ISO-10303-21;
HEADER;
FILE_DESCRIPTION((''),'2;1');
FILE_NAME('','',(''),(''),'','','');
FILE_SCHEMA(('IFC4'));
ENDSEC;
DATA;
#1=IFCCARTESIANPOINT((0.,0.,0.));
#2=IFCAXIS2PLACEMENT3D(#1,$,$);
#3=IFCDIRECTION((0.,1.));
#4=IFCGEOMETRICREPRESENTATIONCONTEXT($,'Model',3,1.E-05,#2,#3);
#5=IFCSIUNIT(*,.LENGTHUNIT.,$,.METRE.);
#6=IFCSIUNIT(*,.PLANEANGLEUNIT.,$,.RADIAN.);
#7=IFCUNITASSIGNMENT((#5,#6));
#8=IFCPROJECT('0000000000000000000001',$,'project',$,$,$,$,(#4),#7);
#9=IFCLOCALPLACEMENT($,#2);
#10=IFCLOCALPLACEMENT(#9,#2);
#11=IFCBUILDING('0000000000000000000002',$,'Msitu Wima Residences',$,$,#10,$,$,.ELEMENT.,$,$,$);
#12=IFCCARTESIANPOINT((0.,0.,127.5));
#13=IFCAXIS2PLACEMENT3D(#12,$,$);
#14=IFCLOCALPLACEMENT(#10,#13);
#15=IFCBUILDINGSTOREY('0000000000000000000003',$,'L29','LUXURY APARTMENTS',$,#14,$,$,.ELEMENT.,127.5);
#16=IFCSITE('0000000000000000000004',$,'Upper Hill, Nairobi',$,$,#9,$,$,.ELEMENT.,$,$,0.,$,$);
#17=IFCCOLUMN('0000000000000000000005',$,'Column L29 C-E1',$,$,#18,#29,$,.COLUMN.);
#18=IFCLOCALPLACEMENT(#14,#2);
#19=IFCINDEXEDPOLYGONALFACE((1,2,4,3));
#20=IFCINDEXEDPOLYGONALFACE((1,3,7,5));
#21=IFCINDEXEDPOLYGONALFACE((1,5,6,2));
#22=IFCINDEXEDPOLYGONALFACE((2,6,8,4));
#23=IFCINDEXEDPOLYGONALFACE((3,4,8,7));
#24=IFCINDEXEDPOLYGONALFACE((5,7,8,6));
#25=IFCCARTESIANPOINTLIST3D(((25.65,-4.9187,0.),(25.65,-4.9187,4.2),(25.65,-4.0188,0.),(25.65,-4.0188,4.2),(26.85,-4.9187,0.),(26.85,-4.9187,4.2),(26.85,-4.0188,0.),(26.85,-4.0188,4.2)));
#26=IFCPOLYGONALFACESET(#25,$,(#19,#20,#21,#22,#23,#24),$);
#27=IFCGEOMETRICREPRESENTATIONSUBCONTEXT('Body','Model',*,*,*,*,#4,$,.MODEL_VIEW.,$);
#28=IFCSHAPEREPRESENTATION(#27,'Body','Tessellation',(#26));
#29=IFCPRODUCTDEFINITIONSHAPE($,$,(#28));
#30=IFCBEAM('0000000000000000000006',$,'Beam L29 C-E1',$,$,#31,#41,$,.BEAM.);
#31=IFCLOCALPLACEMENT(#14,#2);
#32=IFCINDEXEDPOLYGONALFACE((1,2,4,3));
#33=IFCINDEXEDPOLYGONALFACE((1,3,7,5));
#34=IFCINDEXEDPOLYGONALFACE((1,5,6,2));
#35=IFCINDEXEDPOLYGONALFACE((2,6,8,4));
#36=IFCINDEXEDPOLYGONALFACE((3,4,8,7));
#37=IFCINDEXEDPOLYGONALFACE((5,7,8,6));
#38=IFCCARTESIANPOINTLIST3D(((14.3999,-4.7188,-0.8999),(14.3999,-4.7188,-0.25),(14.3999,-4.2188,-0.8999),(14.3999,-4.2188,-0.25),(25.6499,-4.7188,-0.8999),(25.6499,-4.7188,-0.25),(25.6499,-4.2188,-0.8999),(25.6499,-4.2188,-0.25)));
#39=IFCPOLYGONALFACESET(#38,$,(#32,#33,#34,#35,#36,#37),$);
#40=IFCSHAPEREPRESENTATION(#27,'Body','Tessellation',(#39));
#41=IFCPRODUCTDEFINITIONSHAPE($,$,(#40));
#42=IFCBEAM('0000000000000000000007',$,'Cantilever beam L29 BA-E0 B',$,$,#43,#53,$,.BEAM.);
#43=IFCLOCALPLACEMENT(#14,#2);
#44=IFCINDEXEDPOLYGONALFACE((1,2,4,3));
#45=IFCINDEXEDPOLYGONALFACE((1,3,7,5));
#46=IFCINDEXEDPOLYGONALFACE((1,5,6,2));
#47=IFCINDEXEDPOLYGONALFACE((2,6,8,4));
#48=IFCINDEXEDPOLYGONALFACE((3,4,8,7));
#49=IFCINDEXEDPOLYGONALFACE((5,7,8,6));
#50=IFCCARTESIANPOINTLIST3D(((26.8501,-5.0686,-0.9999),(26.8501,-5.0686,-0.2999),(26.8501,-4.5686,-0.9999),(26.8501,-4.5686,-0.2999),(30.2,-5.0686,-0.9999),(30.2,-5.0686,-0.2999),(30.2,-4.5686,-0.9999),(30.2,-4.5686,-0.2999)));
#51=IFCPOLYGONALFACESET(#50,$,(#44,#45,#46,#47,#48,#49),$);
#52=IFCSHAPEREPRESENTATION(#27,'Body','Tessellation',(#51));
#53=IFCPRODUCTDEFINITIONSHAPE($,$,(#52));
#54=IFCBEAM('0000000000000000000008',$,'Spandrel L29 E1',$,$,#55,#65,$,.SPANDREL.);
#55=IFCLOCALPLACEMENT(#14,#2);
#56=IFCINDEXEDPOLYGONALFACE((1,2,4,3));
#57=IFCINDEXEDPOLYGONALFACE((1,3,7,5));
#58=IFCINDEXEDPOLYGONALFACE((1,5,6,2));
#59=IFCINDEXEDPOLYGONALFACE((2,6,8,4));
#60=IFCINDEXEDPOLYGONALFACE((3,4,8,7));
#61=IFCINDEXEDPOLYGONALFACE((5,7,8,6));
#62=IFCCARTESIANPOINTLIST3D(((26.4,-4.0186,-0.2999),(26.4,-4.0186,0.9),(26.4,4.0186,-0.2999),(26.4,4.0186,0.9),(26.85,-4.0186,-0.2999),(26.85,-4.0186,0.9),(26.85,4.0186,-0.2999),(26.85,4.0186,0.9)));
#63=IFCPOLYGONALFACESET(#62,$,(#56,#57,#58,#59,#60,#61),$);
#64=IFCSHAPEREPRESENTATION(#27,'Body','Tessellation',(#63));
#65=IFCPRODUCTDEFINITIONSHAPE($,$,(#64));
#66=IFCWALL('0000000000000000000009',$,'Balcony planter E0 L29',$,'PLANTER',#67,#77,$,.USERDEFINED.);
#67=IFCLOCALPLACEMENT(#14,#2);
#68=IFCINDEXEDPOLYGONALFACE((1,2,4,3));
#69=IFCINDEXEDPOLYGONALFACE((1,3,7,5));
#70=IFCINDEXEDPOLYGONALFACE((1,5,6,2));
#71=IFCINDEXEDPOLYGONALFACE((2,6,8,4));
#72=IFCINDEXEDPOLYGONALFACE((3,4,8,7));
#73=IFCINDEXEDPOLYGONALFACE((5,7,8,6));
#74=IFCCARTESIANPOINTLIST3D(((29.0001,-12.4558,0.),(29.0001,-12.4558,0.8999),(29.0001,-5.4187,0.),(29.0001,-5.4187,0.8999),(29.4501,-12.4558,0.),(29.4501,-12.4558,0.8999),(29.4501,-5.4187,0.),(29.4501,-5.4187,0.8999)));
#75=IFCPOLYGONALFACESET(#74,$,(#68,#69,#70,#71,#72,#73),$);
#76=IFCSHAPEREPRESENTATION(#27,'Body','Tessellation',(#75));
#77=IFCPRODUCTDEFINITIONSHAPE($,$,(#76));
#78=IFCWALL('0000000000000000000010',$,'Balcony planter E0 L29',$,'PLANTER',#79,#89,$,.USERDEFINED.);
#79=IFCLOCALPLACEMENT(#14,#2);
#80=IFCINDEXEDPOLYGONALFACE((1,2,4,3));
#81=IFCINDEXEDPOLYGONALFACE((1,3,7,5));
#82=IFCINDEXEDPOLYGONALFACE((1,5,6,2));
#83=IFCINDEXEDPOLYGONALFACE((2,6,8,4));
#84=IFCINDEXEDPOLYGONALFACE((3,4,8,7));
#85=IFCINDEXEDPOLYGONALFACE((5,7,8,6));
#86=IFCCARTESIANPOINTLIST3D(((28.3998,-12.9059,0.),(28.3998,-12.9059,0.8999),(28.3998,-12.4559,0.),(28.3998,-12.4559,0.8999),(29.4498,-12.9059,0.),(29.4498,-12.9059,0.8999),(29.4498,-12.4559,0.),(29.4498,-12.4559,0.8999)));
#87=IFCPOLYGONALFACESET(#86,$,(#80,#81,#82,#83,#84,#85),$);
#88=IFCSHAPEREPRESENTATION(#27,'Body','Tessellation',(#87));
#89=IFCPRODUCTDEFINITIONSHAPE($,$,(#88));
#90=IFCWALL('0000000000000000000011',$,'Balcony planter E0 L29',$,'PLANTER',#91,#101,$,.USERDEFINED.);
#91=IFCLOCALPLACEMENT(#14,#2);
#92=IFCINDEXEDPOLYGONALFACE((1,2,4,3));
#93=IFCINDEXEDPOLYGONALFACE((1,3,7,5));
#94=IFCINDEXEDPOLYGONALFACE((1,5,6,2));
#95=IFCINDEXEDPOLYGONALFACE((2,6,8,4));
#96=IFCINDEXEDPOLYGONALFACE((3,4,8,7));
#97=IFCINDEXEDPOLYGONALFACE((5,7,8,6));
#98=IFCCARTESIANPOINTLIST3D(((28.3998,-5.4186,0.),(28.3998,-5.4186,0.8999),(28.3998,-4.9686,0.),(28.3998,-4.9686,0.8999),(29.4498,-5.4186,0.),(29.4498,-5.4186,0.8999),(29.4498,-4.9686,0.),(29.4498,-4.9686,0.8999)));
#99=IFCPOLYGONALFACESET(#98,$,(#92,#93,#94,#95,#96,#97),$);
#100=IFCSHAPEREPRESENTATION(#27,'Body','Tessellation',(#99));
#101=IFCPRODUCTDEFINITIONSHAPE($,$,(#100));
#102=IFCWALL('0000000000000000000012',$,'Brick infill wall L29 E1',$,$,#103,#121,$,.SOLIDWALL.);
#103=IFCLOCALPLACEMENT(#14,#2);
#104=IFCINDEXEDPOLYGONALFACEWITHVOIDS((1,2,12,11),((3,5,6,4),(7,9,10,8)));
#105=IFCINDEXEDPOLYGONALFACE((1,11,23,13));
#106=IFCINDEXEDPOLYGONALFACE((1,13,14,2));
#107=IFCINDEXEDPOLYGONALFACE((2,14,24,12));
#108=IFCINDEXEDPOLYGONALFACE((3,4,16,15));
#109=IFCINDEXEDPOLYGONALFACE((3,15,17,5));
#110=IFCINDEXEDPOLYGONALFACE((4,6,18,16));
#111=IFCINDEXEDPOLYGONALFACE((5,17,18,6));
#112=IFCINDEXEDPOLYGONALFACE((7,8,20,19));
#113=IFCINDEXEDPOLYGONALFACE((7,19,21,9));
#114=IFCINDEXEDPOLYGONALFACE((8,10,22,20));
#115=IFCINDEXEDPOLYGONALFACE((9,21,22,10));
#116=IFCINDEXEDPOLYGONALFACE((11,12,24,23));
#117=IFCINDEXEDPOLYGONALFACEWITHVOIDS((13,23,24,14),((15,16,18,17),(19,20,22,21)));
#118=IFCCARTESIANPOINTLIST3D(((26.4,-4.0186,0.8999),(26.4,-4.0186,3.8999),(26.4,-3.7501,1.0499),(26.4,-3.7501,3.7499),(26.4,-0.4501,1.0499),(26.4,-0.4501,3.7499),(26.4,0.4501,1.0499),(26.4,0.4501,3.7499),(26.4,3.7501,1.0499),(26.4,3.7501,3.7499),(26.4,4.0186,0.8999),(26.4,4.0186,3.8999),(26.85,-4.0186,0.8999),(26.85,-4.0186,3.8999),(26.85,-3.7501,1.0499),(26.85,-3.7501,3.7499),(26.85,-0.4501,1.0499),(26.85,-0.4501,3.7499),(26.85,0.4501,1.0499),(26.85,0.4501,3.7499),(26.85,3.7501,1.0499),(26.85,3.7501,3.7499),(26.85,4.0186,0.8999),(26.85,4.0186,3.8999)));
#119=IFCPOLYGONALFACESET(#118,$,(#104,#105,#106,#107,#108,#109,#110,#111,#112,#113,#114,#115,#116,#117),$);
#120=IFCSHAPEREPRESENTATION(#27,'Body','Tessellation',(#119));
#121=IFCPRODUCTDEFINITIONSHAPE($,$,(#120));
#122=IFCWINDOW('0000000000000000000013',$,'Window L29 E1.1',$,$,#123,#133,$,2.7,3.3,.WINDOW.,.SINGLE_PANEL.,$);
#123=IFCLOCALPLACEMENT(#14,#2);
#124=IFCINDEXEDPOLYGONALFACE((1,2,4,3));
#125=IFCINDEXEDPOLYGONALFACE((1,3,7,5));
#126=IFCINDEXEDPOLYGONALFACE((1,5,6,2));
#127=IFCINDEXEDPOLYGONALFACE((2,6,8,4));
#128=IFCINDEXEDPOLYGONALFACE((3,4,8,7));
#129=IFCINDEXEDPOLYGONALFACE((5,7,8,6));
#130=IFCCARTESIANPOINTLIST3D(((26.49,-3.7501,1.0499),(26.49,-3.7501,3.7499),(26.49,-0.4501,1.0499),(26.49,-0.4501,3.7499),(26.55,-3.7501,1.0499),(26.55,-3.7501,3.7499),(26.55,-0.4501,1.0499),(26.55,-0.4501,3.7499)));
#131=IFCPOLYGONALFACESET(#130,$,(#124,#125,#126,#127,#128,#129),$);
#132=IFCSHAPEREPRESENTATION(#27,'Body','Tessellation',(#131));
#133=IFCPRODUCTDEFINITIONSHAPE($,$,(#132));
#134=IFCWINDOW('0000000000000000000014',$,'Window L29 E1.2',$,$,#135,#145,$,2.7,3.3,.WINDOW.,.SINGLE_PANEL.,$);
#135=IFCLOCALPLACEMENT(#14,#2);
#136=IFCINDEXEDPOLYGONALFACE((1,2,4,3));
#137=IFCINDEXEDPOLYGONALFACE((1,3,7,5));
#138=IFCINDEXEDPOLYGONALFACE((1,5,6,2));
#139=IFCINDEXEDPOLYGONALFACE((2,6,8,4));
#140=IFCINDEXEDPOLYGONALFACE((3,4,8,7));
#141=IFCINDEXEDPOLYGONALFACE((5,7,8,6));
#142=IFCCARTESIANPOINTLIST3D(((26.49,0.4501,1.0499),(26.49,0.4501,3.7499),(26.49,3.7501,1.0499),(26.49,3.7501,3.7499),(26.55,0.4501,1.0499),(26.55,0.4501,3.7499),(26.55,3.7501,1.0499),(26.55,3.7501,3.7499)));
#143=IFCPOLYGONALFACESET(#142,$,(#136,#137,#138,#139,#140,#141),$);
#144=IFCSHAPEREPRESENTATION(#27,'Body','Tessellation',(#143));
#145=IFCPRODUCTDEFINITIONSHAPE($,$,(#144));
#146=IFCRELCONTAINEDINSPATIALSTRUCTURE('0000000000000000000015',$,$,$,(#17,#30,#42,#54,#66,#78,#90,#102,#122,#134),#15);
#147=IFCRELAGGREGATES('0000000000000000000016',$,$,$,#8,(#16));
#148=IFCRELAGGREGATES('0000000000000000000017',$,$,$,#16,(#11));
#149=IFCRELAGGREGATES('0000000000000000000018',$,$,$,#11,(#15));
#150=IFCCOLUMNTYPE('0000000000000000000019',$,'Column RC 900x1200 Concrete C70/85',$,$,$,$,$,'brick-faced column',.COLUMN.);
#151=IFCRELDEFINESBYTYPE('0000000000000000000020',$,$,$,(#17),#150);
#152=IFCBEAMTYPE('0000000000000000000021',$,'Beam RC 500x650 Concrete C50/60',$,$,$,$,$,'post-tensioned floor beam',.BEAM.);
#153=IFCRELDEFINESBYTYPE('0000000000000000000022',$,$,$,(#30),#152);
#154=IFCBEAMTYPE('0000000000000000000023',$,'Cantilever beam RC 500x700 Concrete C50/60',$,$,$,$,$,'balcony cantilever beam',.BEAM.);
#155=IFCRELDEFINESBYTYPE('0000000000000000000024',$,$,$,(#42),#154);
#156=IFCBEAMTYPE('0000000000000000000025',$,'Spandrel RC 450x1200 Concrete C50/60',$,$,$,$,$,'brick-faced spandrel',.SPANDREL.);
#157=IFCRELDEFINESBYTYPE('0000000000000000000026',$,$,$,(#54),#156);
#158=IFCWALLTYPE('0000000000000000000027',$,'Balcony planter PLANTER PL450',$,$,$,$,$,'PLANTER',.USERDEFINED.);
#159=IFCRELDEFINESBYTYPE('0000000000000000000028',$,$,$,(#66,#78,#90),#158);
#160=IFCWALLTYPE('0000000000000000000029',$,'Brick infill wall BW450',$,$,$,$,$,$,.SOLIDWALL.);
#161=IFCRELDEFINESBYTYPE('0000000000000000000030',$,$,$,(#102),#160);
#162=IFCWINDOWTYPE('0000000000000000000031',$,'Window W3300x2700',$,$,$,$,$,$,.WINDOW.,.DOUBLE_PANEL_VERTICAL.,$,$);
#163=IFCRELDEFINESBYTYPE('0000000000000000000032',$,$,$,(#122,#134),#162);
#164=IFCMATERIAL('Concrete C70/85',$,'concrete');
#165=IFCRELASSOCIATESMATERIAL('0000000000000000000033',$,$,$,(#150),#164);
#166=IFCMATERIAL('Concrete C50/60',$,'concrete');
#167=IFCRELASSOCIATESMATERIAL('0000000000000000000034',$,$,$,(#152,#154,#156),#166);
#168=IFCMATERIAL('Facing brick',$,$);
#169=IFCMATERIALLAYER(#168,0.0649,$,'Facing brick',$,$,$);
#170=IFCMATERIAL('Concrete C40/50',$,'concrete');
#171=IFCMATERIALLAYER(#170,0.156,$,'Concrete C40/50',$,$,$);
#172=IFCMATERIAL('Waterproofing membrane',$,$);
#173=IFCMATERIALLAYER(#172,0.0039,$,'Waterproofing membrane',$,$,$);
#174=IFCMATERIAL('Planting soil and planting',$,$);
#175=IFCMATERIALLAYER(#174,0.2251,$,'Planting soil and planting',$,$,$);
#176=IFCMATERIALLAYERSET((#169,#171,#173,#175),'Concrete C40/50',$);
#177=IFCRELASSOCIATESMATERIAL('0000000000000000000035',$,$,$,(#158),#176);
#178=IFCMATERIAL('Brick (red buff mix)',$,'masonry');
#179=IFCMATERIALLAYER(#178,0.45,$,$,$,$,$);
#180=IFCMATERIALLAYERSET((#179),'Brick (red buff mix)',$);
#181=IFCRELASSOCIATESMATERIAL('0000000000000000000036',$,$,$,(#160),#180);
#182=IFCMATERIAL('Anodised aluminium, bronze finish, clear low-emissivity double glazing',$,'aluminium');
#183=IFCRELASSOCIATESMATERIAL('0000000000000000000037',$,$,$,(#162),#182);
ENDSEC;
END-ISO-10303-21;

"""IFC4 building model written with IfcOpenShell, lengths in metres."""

from ifc_helpers import new_model, si_unit, direction, frame, frame_2d, origin, origin_2d, place, context, subcontext, project, spatial, rectangle, extrude, material, layer, layer_set, material_profile, profile_set, type_object, element, fill, save


model = new_model("IFC4")

# Units and contexts
model_context = context("Model", 3, precision=1e-05, world=origin(), true_north=direction((0.0, 1.0)))
body_context = subcontext(model_context, "Body", "Model", "MODEL_VIEW")
ifc_project = project(units=[si_unit("LENGTHUNIT", "METRE"), si_unit("PLANEANGLEUNIT", "RADIAN")], contexts=[model_context])

# Site, building, storey
site_placement = place(None, origin())
site = spatial("IfcSite", under=ifc_project, at=site_placement, Name="Upper Hill, Nairobi", CompositionType="ELEMENT", RefElevation=0.0)
building_placement = place(site_placement, origin())
building = spatial("IfcBuilding", under=site, at=building_placement, Name="Msitu Wima Residences", CompositionType="ELEMENT")
storey_placement = place(building_placement, frame((0.0, 0.0, 127.5)))
storey = spatial("IfcBuildingStorey", under=building, at=storey_placement, Name="L29", Description="LUXURY APARTMENTS", CompositionType="ELEMENT", Elevation=127.5)

# Column
ifc_material_1 = material(Name="Concrete C70/85", Category="concrete")
ifc_material_profile_1 = material_profile(ifc_material_1, rectangle(XDim=0.8999, YDim=1.2, at=origin_2d()), Name="RC 900x1200")
ifc_profile_set_1 = profile_set([ifc_material_profile_1], Name="Concrete C70/85")
column_type = type_object("IfcColumnType", Name="Column RC 900x1200 Concrete C70/85", ElementType="brick-faced column", PredefinedType="COLUMN", material=ifc_profile_set_1)
column_placement = place(storey_placement, frame((26.25, -4.4688, 0.0), z_axis=(0.0, 0.0, 1.0), x_axis=(0.0, 1.0, 0.0)))
element("IfcColumn", 1, at=column_placement, inside=storey, type_object=column_type, Name="Column L29 C-E1", PredefinedType="COLUMN", context=body_context, shape_type="SweptSolid", body=[
    extrude(rectangle(XDim=0.8999, YDim=1.2, at=origin_2d()), origin(), (0.0, 0.0, 1.0), 4.2),
])

# Beams
ifc_material_2 = material(Name="Concrete C50/60", Category="concrete")
ifc_material_profile_2 = material_profile(ifc_material_2, rectangle(XDim=0.5, YDim=0.6499, at=origin_2d()), Name="RC 500x650")
ifc_profile_set_2 = profile_set([ifc_material_profile_2], Name="Concrete C50/60")
beam_type_1 = type_object("IfcBeamType", Name="Beam RC 500x650 Concrete C50/60", ElementType="post-tensioned floor beam", PredefinedType="BEAM", material=ifc_profile_set_2)
beam_1_placement = place(storey_placement, frame((25.6499, -4.4688, -0.575), z_axis=(-1.0, 0.0, 0.0), x_axis=(0.0, -1.0, 0.0)))
element("IfcBeam", 2, at=beam_1_placement, inside=storey, type_object=beam_type_1, Name="Beam L29 C-E1", PredefinedType="BEAM", context=body_context, shape_type="SweptSolid", body=[
    extrude(rectangle(XDim=0.5, YDim=0.6499, at=origin_2d()), origin(), (0.0, 0.0, 1.0), 11.25),
])
ifc_material_profile_3 = material_profile(ifc_material_2, rectangle(XDim=0.5, YDim=0.7, at=origin_2d()), Name="RC 500x700")
ifc_profile_set_3 = profile_set([ifc_material_profile_3], Name="Concrete C50/60")
beam_type_2 = type_object("IfcBeamType", Name="Cantilever beam RC 500x700 Concrete C50/60", ElementType="balcony cantilever beam", PredefinedType="BEAM", material=ifc_profile_set_3)
beam_2_placement = place(storey_placement, frame((26.8501, -4.8186, -0.6499), z_axis=(1.0, 0.0, 0.0), x_axis=(0.0, 1.0, 0.0)))
element("IfcBeam", 3, at=beam_2_placement, inside=storey, type_object=beam_type_2, Name="Cantilever beam L29 BA-E0 B", PredefinedType="BEAM", context=body_context, shape_type="SweptSolid", body=[
    extrude(rectangle(XDim=0.5, YDim=0.7, at=origin_2d()), origin(), (0.0, 0.0, 1.0), 3.3499),
])
ifc_material_profile_4 = material_profile(ifc_material_2, rectangle(XDim=0.45, YDim=1.2, at=origin_2d()), Name="RC 450x1200")
ifc_profile_set_4 = profile_set([ifc_material_profile_4], Name="Concrete C50/60")
beam_type_3 = type_object("IfcBeamType", Name="Spandrel RC 450x1200 Concrete C50/60", ElementType="brick-faced spandrel", PredefinedType="SPANDREL", material=ifc_profile_set_4)
beam_3_placement = place(storey_placement, frame((26.625, -4.0186, 0.3), z_axis=(0.0, 1.0, 0.0), x_axis=(-1.0, 0.0, 0.0)))
element("IfcBeam", 4, at=beam_3_placement, inside=storey, type_object=beam_type_3, Name="Spandrel L29 E1", PredefinedType="SPANDREL", context=body_context, shape_type="SweptSolid", body=[
    extrude(rectangle(XDim=0.45, YDim=1.2, at=origin_2d()), origin(), (0.0, 0.0, 1.0), 8.0371),
])

# Walls
ifc_material_3 = material(Name="Facing brick")
ifc_layer_1 = layer(ifc_material_3, 0.0649, Name="Facing brick")
ifc_material_4 = material(Name="Concrete C40/50", Category="concrete")
ifc_layer_2 = layer(ifc_material_4, 0.156, Name="Concrete C40/50")
ifc_material_5 = material(Name="Waterproofing membrane")
ifc_layer_3 = layer(ifc_material_5, 0.0039, Name="Waterproofing membrane")
ifc_material_6 = material(Name="Planting soil and planting")
ifc_layer_4 = layer(ifc_material_6, 0.2251, Name="Planting soil and planting")
ifc_layer_set_1 = layer_set([ifc_layer_1, ifc_layer_2, ifc_layer_3, ifc_layer_4], Name="Concrete C40/50")
wall_type_1 = type_object("IfcWallType", Name="Balcony planter PLANTER PL450", ElementType="PLANTER", PredefinedType="USERDEFINED", material=ifc_layer_set_1)
wall_1_placement = place(storey_placement, frame((29.2251, -12.4558, 0.0), z_axis=(0.0, 0.0, 1.0), x_axis=(0.0, 1.0, 0.0)))
element("IfcWall", 5, at=wall_1_placement, inside=storey, type_object=wall_type_1, Name="Balcony planter E0 L29", ObjectType="PLANTER", PredefinedType="USERDEFINED", context=body_context, shape_type="SweptSolid", body=[
    extrude(rectangle(XDim=7.0371, YDim=0.45, at=frame_2d((3.5186, 0.0))), origin(), (0.0, 0.0, 1.0), 0.8999),
])
for number, where, z_axis, x_axis, name in (
    (6, (28.3999, -12.6809, 0.0), (0.0, 0.0, 1.0), (1.0, 0.0, 0.0), "Balcony planter E0 L29"),
    (7, (28.3999, -5.1936, 0.0), (0.0, 0.0, 1.0), (1.0, 0.0, 0.0), "Balcony planter E0 L29"),
):
    element("IfcWall", number, at=place(storey_placement, frame(where, z_axis=z_axis, x_axis=x_axis)), inside=storey, type_object=wall_type_1, Name=name, ObjectType="PLANTER", PredefinedType="USERDEFINED", context=body_context, shape_type="SweptSolid", body=[
        extrude(rectangle(XDim=1.05, YDim=0.45, at=frame_2d((0.5249, 0.0))), origin(), (0.0, 0.0, 1.0), 0.8999),
    ])

# Wall, openings, windows
ifc_material_7 = material(Name="Brick (red buff mix)", Category="masonry")
ifc_layer_5 = layer(ifc_material_7, 0.45)
ifc_layer_set_2 = layer_set([ifc_layer_5], Name="Brick (red buff mix)")
wall_type_2 = type_object("IfcWallType", Name="Brick infill wall BW450", PredefinedType="SOLIDWALL", material=ifc_layer_set_2)
wall_2_placement = place(storey_placement, frame((26.625, -4.0186, 0.8999), z_axis=(0.0, 0.0, 1.0), x_axis=(0.0, 1.0, 0.0)))
wall_2 = element("IfcWall", 8, at=wall_2_placement, inside=storey, type_object=wall_type_2, Name="Brick infill wall L29 E1", PredefinedType="SOLIDWALL", context=body_context, shape_type="SweptSolid", body=[
    extrude(rectangle(XDim=8.0371, YDim=0.45, at=frame_2d((4.0186, 0.0))), origin(), (0.0, 0.0, 1.0), 3.0),
])
opening_1_placement = place(wall_2_placement, frame((0.2686, 0.0, 0.1499)))
opening_1 = element("IfcOpeningElement", 9, at=opening_1_placement, cuts=wall_2, PredefinedType="OPENING", context=body_context, shape_type="SweptSolid", body=[
    extrude(rectangle(XDim=3.3, YDim=2.7, at=frame_2d((1.6499, 1.3501))), frame((0.0, 0.2349, 0.0), z_axis=(0.0, -1.0, 0.0), x_axis=(1.0, 0.0, 0.0)), (0.0, 0.0, 1.0), 0.47),
])
opening_2_placement = place(wall_2_placement, frame((4.4688, 0.0, 0.1499)))
opening_2 = element("IfcOpeningElement", 10, at=opening_2_placement, cuts=wall_2, PredefinedType="OPENING", context=body_context, shape_type="SweptSolid", body=[
    extrude(rectangle(XDim=3.3, YDim=2.7, at=frame_2d((1.6499, 1.3501))), frame((0.0, 0.2349, 0.0), z_axis=(0.0, -1.0, 0.0), x_axis=(1.0, 0.0, 0.0)), (0.0, 0.0, 1.0), 0.47),
])
ifc_material_8 = material(Name="Anodised aluminium, bronze finish, clear low-emissivity double glazing", Category="aluminium")
window_type = type_object("IfcWindowType", Name="Window W3300x2700", PartitioningType="DOUBLE_PANEL_VERTICAL", PredefinedType="WINDOW", material=ifc_material_8)
window_1_placement = place(opening_1_placement, origin())
window_1 = element("IfcWindow", 11, at=window_1_placement, inside=storey, type_object=window_type, Name="Window L29 E1.1", OverallHeight=2.7, OverallWidth=3.3, PartitioningType="SINGLE_PANEL", PredefinedType="WINDOW", context=body_context, shape_type="SweptSolid", body=[
    extrude(rectangle(XDim=3.3, YDim=2.7, at=frame_2d((1.6499, 1.3501))), frame((0.0, 0.135, 0.0), z_axis=(0.0, -1.0, 0.0), x_axis=(1.0, 0.0, 0.0)), (0.0, 0.0, 1.0), 0.0601),
])
fill(opening_1, window_1)
window_2_placement = place(opening_2_placement, origin())
window_2 = element("IfcWindow", 12, at=window_2_placement, inside=storey, type_object=window_type, Name="Window L29 E1.2", OverallHeight=2.7, OverallWidth=3.3, PartitioningType="SINGLE_PANEL", PredefinedType="WINDOW", context=body_context, shape_type="SweptSolid", body=[
    extrude(rectangle(XDim=3.3, YDim=2.7, at=frame_2d((1.6499, 1.3501))), frame((0.0, 0.135, 0.0), z_axis=(0.0, -1.0, 0.0), x_axis=(1.0, 0.0, 0.0)), (0.0, 0.0, 1.0), 0.0601),
])
fill(opening_2, window_2)

save(model, "model.ifc")
